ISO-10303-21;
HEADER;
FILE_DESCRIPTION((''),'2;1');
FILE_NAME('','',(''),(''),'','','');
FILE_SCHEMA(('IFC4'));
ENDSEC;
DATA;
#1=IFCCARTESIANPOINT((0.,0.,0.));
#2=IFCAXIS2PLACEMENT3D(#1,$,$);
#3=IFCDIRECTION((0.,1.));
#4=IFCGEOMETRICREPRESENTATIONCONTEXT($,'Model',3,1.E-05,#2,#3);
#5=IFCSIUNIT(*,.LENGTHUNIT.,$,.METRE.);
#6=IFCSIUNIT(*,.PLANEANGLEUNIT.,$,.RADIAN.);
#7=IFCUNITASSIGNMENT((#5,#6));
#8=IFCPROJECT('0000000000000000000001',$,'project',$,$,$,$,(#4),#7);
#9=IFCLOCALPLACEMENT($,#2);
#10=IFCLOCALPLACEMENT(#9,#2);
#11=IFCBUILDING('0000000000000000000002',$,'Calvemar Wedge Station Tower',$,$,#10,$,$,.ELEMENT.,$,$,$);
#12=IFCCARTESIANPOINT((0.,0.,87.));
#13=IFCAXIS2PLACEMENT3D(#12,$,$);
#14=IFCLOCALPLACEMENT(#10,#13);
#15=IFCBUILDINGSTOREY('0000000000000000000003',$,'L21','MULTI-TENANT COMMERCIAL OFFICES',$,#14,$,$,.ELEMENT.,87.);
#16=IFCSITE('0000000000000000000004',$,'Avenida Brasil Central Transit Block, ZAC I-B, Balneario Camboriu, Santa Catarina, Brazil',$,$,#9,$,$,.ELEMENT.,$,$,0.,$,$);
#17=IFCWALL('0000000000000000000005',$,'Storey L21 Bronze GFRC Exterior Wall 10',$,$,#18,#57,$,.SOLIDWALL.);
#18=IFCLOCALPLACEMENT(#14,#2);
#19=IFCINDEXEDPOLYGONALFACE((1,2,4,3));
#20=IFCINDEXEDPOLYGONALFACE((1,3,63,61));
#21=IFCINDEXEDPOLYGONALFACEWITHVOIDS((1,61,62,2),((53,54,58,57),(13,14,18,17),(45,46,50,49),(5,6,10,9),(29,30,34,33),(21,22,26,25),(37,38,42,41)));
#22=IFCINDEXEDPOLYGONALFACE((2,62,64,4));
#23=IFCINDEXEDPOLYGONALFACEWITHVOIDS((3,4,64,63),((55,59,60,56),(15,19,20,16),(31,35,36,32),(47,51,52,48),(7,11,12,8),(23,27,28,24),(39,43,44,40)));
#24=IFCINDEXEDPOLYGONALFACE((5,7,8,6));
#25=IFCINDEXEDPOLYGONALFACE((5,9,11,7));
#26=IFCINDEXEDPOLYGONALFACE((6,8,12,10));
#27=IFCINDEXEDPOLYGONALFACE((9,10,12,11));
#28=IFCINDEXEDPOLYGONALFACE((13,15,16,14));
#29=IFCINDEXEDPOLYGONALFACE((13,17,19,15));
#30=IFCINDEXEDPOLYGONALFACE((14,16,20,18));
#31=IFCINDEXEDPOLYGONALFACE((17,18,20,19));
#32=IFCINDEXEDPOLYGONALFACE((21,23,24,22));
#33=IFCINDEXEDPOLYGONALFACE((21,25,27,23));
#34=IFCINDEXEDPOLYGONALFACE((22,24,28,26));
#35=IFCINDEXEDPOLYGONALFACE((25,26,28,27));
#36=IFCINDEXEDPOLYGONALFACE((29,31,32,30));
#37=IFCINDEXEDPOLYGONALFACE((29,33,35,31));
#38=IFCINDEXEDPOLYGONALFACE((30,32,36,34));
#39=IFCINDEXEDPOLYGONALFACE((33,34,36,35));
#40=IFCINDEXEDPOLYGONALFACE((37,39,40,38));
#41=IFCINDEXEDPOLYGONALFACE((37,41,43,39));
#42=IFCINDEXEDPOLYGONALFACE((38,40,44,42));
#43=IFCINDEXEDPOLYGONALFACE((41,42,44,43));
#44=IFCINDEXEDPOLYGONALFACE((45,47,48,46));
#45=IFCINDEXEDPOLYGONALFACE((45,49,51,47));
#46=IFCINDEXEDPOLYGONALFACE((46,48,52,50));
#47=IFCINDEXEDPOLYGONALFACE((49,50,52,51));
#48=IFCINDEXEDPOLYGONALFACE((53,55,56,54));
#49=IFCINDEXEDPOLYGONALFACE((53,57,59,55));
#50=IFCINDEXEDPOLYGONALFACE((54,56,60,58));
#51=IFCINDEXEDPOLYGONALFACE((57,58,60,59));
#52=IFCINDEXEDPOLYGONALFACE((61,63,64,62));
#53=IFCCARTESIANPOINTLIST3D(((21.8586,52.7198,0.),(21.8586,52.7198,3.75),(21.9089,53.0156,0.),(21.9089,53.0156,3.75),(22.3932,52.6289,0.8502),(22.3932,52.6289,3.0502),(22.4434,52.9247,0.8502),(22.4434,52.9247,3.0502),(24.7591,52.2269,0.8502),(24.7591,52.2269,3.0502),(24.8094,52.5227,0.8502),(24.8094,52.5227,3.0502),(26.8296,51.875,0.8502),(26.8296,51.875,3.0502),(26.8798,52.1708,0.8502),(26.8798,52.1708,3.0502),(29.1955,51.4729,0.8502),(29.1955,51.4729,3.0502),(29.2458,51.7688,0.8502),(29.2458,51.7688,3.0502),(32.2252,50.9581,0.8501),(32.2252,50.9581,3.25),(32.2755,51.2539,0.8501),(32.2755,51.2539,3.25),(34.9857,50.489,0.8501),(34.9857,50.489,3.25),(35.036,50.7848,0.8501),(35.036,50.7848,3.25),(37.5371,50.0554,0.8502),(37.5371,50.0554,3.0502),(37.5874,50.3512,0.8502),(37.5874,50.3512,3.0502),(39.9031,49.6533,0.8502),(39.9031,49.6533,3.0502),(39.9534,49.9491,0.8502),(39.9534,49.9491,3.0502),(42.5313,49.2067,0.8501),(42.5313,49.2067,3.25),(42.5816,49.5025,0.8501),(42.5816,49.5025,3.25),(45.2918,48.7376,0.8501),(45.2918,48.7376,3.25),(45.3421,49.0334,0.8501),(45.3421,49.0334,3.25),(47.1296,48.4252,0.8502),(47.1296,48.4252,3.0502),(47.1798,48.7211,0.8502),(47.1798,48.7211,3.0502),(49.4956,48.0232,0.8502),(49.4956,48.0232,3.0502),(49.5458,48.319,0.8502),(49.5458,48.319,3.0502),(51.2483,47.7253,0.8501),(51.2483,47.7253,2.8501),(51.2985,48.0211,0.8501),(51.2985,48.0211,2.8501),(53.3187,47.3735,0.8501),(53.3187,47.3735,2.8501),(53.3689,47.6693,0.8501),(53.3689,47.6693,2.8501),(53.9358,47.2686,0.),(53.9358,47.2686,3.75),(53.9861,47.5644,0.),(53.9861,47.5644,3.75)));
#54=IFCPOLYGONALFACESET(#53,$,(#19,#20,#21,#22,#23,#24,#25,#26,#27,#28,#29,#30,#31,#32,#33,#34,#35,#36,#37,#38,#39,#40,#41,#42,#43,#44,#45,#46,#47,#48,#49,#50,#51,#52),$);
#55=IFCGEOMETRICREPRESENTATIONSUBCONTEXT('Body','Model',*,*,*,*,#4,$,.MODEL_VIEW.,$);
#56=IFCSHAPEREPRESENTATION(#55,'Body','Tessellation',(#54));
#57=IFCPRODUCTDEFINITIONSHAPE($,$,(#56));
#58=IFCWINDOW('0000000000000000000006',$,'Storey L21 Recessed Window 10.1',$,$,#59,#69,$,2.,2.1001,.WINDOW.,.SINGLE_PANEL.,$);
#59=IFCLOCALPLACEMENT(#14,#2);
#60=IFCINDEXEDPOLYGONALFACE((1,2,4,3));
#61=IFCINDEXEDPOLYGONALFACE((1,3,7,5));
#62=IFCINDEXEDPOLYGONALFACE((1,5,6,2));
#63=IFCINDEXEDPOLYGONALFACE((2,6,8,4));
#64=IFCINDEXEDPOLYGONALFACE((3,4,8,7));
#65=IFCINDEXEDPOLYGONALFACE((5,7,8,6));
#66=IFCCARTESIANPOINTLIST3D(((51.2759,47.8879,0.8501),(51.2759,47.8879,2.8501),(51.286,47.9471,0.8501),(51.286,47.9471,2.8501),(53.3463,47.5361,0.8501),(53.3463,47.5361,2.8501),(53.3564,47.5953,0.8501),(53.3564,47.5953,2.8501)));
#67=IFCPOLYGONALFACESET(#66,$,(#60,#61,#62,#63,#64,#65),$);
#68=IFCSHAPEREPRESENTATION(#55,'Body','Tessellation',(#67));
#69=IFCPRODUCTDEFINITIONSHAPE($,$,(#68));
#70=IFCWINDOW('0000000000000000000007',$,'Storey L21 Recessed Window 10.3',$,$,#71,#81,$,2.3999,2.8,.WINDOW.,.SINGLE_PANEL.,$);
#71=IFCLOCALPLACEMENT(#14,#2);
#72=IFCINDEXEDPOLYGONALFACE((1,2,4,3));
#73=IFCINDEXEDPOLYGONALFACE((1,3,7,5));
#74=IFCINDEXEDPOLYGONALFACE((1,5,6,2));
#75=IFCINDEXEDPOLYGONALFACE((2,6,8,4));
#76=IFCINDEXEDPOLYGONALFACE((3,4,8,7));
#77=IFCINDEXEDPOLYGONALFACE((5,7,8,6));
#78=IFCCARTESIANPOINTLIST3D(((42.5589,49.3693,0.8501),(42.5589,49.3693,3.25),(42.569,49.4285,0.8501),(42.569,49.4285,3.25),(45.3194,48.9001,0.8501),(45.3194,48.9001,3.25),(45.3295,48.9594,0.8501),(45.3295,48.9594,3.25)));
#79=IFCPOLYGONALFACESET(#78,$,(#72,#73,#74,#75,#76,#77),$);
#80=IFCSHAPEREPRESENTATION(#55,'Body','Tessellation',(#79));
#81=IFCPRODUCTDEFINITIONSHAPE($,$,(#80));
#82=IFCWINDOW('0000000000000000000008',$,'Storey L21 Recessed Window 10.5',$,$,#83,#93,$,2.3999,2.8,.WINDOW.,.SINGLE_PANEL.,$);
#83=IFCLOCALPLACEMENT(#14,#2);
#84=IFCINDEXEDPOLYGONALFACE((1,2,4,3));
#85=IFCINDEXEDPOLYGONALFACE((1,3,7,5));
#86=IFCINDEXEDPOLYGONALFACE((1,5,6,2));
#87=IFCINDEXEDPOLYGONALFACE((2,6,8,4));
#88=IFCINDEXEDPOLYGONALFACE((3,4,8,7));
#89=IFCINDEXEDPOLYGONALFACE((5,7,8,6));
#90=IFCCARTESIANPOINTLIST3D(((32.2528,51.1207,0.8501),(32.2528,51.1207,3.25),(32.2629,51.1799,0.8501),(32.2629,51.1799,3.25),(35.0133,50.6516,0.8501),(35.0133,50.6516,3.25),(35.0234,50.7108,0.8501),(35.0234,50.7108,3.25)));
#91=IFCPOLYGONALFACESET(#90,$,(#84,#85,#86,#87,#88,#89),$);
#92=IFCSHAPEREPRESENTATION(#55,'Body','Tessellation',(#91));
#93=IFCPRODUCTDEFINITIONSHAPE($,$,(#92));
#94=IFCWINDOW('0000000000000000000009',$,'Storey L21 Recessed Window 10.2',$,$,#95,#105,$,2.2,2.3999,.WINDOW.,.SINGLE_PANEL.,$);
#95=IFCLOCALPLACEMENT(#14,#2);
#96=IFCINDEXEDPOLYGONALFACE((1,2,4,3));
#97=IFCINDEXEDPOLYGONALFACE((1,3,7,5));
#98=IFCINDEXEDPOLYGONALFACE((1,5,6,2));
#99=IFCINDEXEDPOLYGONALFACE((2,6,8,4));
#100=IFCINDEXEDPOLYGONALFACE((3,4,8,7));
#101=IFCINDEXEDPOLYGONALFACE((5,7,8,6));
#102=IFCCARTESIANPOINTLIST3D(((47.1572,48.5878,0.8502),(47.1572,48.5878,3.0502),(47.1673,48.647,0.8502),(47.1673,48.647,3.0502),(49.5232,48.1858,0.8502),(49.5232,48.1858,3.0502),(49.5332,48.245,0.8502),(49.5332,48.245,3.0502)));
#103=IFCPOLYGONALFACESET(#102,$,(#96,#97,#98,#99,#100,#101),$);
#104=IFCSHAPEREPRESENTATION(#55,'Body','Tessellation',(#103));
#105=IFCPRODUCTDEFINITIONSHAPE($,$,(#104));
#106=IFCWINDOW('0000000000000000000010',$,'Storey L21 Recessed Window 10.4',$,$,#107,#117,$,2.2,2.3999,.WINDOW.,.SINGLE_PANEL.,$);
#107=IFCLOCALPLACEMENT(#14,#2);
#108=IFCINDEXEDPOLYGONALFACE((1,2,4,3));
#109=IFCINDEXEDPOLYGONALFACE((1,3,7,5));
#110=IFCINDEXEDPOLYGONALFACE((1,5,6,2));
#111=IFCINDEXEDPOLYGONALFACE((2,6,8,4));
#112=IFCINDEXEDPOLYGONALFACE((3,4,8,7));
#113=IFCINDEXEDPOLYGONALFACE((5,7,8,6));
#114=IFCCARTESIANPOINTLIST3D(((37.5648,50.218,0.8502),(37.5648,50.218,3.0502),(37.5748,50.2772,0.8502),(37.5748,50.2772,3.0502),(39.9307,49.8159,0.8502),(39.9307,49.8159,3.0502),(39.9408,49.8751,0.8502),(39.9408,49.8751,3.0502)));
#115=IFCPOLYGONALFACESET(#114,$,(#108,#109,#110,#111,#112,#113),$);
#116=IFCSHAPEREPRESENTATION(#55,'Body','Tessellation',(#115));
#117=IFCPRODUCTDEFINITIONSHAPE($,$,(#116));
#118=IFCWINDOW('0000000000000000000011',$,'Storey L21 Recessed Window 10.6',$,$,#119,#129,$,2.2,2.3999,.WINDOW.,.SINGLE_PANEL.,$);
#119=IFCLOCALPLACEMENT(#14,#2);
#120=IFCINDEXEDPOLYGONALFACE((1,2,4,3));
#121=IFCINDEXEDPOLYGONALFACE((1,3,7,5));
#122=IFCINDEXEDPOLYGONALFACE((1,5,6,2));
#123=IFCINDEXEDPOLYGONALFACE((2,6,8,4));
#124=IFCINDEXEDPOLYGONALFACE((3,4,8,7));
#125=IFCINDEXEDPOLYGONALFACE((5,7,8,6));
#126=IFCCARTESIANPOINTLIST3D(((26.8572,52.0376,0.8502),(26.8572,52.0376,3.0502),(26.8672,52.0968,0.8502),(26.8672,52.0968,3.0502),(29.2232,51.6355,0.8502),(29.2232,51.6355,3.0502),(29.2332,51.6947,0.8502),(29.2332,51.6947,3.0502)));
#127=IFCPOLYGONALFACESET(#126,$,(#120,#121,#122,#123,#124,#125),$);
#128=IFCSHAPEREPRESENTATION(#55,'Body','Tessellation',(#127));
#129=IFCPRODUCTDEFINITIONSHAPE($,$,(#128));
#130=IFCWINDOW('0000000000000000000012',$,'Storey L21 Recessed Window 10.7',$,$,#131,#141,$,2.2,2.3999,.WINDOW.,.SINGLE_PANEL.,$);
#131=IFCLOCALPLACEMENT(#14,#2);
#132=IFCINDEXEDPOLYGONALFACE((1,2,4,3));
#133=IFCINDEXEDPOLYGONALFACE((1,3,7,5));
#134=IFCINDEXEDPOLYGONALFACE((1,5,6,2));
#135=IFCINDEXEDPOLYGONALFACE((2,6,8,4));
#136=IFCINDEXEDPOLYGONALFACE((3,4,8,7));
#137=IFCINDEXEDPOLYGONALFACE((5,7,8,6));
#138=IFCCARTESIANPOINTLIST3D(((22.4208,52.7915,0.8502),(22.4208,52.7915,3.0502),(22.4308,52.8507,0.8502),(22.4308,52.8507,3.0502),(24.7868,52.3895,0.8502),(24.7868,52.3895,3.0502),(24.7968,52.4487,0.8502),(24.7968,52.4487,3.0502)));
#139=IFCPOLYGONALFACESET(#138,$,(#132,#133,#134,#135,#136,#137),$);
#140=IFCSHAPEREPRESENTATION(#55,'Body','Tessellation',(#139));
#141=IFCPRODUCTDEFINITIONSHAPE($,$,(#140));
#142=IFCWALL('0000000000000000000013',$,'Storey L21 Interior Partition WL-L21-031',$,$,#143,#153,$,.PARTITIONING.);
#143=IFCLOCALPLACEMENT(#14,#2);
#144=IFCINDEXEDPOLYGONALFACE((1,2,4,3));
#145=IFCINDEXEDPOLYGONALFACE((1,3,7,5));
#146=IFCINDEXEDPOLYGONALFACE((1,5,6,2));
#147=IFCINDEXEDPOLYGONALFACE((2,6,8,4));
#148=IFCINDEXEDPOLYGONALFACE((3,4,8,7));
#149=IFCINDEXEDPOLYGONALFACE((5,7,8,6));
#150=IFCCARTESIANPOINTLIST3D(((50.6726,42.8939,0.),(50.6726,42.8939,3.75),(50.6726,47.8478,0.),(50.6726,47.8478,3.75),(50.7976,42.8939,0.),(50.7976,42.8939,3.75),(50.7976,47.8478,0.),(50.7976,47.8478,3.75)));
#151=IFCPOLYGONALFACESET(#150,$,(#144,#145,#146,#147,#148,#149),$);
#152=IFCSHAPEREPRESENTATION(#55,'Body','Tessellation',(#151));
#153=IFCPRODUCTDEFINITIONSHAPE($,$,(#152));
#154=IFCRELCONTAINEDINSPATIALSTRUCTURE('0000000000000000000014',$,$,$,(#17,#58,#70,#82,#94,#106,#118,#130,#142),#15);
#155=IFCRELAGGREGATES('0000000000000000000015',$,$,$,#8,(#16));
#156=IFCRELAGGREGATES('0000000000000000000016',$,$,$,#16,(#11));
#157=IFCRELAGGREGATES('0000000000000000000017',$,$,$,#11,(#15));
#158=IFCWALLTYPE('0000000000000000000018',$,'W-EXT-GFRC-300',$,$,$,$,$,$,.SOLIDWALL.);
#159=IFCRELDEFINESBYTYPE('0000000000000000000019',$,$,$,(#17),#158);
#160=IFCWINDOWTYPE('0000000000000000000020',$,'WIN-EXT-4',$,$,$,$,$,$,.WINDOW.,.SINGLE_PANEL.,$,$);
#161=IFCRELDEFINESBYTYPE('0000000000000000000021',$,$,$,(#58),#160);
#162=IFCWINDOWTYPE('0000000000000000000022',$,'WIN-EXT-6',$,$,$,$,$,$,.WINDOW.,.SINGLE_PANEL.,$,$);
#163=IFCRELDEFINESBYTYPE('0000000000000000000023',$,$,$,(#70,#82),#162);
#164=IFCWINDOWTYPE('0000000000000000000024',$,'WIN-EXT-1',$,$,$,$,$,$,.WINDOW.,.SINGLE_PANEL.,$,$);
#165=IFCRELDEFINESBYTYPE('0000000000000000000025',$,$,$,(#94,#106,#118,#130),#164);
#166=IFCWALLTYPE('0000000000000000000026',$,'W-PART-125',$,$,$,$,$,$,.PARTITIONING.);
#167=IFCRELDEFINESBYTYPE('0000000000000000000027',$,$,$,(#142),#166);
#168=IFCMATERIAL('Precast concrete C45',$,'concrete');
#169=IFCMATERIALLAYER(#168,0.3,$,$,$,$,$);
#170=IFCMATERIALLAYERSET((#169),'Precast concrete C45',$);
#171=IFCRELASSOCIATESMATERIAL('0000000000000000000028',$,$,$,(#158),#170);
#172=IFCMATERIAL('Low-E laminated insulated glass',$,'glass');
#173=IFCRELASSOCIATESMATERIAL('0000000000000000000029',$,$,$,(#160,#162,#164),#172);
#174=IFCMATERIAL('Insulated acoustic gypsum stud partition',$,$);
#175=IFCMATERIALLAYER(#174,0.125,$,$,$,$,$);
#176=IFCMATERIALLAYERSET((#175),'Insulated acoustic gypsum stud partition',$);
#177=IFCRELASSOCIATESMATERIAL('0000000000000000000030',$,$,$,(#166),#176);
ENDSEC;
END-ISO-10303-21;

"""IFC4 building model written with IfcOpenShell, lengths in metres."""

from ifc_helpers import new_model, si_unit, direction, frame, frame_2d, origin, place, context, subcontext, project, spatial, rectangle, extrude, source, transform, mapped, material, layer, layer_set, type_object, element, fill, save


model = new_model("IFC4")

# Units and contexts
model_context = context("Model", 3, precision=1e-05, world=origin(), true_north=direction((0.0, 1.0)))
body_context = subcontext(model_context, "Body", "Model", "MODEL_VIEW")
ifc_project = project(units=[si_unit("LENGTHUNIT", "METRE"), si_unit("PLANEANGLEUNIT", "RADIAN")], contexts=[model_context])

# Site, building, storey
site_placement = place(None, origin())
site = spatial("IfcSite", under=ifc_project, at=site_placement, Name="Avenida Brasil Central Transit Block, ZAC I-B, Balneario Camboriu, Santa Catarina, Brazil", CompositionType="ELEMENT", RefElevation=0.0)
building_placement = place(site_placement, origin())
building = spatial("IfcBuilding", under=site, at=building_placement, Name="Calvemar Wedge Station Tower", CompositionType="ELEMENT")
storey_placement = place(building_placement, frame((0.0, 0.0, 87.0)))
storey = spatial("IfcBuildingStorey", under=building, at=storey_placement, Name="L21", Description="MULTI-TENANT COMMERCIAL OFFICES", CompositionType="ELEMENT", Elevation=87.0)

# Shared definitions
ifc_material_1 = material(Name="Low-E laminated insulated glass", Category="glass")

# Shared definitions
ifc_material_2 = material(Name="Precast concrete C45", Category="concrete")
ifc_layer_1 = layer(ifc_material_2, 0.3)
ifc_layer_set_1 = layer_set([ifc_layer_1], Name="Precast concrete C45")
wall_type_1 = type_object("IfcWallType", Name="W-EXT-GFRC-300", PredefinedType="SOLIDWALL", material=ifc_layer_set_1)

# Wall, openings, windows
wall_1_placement = place(storey_placement, frame((53.9609, 47.4165, 0.0), z_axis=(0.0, 0.0, 1.0), x_axis=(-0.985866, 0.167537, 0.0)))
wall_1 = element("IfcWall", 1, at=wall_1_placement, inside=storey, type_object=wall_type_1, Name="Storey L21 Bronze GFRC Exterior Wall 10", PredefinedType="SOLIDWALL", context=body_context, shape_type="SweptSolid", body=[
    extrude(rectangle(XDim=32.5371, YDim=0.3, at=frame_2d((16.2686, 0.0))), origin(), (0.0, 0.0, 1.0), 3.75),
])
shared_shape_1 = source(origin(), body_context, "Body", "SweptSolid", [
    extrude(rectangle(XDim=2.1001, YDim=2.0, at=frame_2d((1.05, 1.0))), frame((0.0, 0.1602, 0.0), z_axis=(0.0, -1.0, 0.0), x_axis=(1.0, 0.0, 0.0)), (0.0, 0.0, 1.0), 0.3201),
])
opening_1_placement = place(wall_1_placement, frame((0.626, 0.0, 0.8501)))
opening_1 = element("IfcOpeningElement", 2, at=opening_1_placement, cuts=wall_1, PredefinedType="OPENING", context=body_context, shape_type="MappedRepresentation", body=[
    mapped(shared_shape_1, transform((0.0, 0.0, 0.0), scale=1.0)),
])
shared_shape_2 = source(origin(), body_context, "Body", "SweptSolid", [
    extrude(rectangle(XDim=2.3999, YDim=2.2, at=frame_2d((1.2, 1.1001))), frame((0.0, 0.1602, 0.0), z_axis=(0.0, -1.0, 0.0), x_axis=(1.0, 0.0, 0.0)), (0.0, 0.0, 1.0), 0.3201),
])
opening_2_placement = place(wall_1_placement, frame((4.5039, 0.0, 0.8501)))
opening_2 = element("IfcOpeningElement", 3, at=opening_2_placement, cuts=wall_1, PredefinedType="OPENING", context=body_context, shape_type="MappedRepresentation", body=[
    mapped(shared_shape_2, transform((0.0, 0.0, 0.0), scale=1.0)),
])
shared_shape_3 = source(origin(), body_context, "Body", "SweptSolid", [
    extrude(rectangle(XDim=2.8, YDim=2.3999, at=frame_2d((1.3999, 1.2))), frame((0.0, 0.1602, 0.0), z_axis=(0.0, -1.0, 0.0), x_axis=(1.0, 0.0, 0.0)), (0.0, 0.0, 1.0), 0.3201),
])
opening_3_placement = place(wall_1_placement, frame((8.7681, 0.0, 0.8501)))
opening_3 = element("IfcOpeningElement", 4, at=opening_3_placement, cuts=wall_1, PredefinedType="OPENING", context=body_context, shape_type="MappedRepresentation", body=[
    mapped(shared_shape_3, transform((0.0, 0.0, 0.0), scale=1.0)),
])
opening_4_placement = place(wall_1_placement, frame((14.2339, 0.0, 0.8501)))
opening_4 = element("IfcOpeningElement", 5, at=opening_4_placement, cuts=wall_1, PredefinedType="OPENING", context=body_context, shape_type="MappedRepresentation", body=[
    mapped(shared_shape_2, transform((0.0, 0.0, 0.0), scale=1.0)),
])
opening_5_placement = place(wall_1_placement, frame((19.2219, 0.0, 0.8501)))
opening_5 = element("IfcOpeningElement", 6, at=opening_5_placement, cuts=wall_1, PredefinedType="OPENING", context=body_context, shape_type="MappedRepresentation", body=[
    mapped(shared_shape_3, transform((0.0, 0.0, 0.0), scale=1.0)),
])
opening_6_placement = place(wall_1_placement, frame((25.095, 0.0, 0.8501)))
opening_6 = element("IfcOpeningElement", 7, at=opening_6_placement, cuts=wall_1, PredefinedType="OPENING", context=body_context, shape_type="MappedRepresentation", body=[
    mapped(shared_shape_2, transform((0.0, 0.0, 0.0), scale=1.0)),
])
opening_7_placement = place(wall_1_placement, frame((29.595, 0.0, 0.8501)))
opening_7 = element("IfcOpeningElement", 8, at=opening_7_placement, cuts=wall_1, PredefinedType="OPENING", context=body_context, shape_type="MappedRepresentation", body=[
    mapped(shared_shape_2, transform((0.0, 0.0, 0.0), scale=1.0)),
])
window_type_1 = type_object("IfcWindowType", Name="WIN-EXT-4", PartitioningType="SINGLE_PANEL", PredefinedType="WINDOW", material=ifc_material_1)
shared_shape_4 = source(origin(), body_context, "Body", "SweptSolid", [
    extrude(rectangle(XDim=2.1001, YDim=2.0, at=frame_2d((1.05, 1.0))), frame((0.0, -0.0149, 0.0), z_axis=(0.0, -1.0, 0.0), x_axis=(1.0, 0.0, 0.0)), (0.0, 0.0, 1.0), 0.0601),
])
window_1_placement = place(opening_1_placement, origin())
window_1 = element("IfcWindow", 9, at=window_1_placement, inside=storey, type_object=window_type_1, Name="Storey L21 Recessed Window 10.1", OverallHeight=2.0, OverallWidth=2.1001, PartitioningType="SINGLE_PANEL", PredefinedType="WINDOW", context=body_context, shape_type="MappedRepresentation", body=[
    mapped(shared_shape_4, transform((0.0, 0.0, 0.0), scale=1.0)),
])
fill(opening_1, window_1)
window_type_2 = type_object("IfcWindowType", Name="WIN-EXT-6", PartitioningType="SINGLE_PANEL", PredefinedType="WINDOW", material=ifc_material_1)
shared_shape_5 = source(origin(), body_context, "Body", "SweptSolid", [
    extrude(rectangle(XDim=2.8, YDim=2.3999, at=frame_2d((1.3999, 1.2))), frame((0.0, -0.0149, 0.0), z_axis=(0.0, -1.0, 0.0), x_axis=(1.0, 0.0, 0.0)), (0.0, 0.0, 1.0), 0.0601),
])
window_2_placement = place(opening_3_placement, origin())
window_2 = element("IfcWindow", 10, at=window_2_placement, inside=storey, type_object=window_type_2, Name="Storey L21 Recessed Window 10.3", OverallHeight=2.3999, OverallWidth=2.8, PartitioningType="SINGLE_PANEL", PredefinedType="WINDOW", context=body_context, shape_type="MappedRepresentation", body=[
    mapped(shared_shape_5, transform((0.0, 0.0, 0.0), scale=1.0)),
])
fill(opening_3, window_2)
window_3_placement = place(opening_5_placement, origin())
window_3 = element("IfcWindow", 11, at=window_3_placement, inside=storey, type_object=window_type_2, Name="Storey L21 Recessed Window 10.5", OverallHeight=2.3999, OverallWidth=2.8, PartitioningType="SINGLE_PANEL", PredefinedType="WINDOW", context=body_context, shape_type="MappedRepresentation", body=[
    mapped(shared_shape_5, transform((0.0, 0.0, 0.0), scale=1.0)),
])
fill(opening_5, window_3)
window_type_3 = type_object("IfcWindowType", Name="WIN-EXT-1", PartitioningType="SINGLE_PANEL", PredefinedType="WINDOW", material=ifc_material_1)
shared_shape_6 = source(origin(), body_context, "Body", "SweptSolid", [
    extrude(rectangle(XDim=2.3999, YDim=2.2, at=frame_2d((1.2, 1.1001))), frame((0.0, -0.0149, 0.0), z_axis=(0.0, -1.0, 0.0), x_axis=(1.0, 0.0, 0.0)), (0.0, 0.0, 1.0), 0.0601),
])
window_4_placement = place(opening_2_placement, origin())
window_4 = element("IfcWindow", 12, at=window_4_placement, inside=storey, type_object=window_type_3, Name="Storey L21 Recessed Window 10.2", OverallHeight=2.2, OverallWidth=2.3999, PartitioningType="SINGLE_PANEL", PredefinedType="WINDOW", context=body_context, shape_type="MappedRepresentation", body=[
    mapped(shared_shape_6, transform((0.0, 0.0, 0.0), scale=1.0)),
])
fill(opening_2, window_4)
window_5_placement = place(opening_4_placement, origin())
window_5 = element("IfcWindow", 13, at=window_5_placement, inside=storey, type_object=window_type_3, Name="Storey L21 Recessed Window 10.4", OverallHeight=2.2, OverallWidth=2.3999, PartitioningType="SINGLE_PANEL", PredefinedType="WINDOW", context=body_context, shape_type="MappedRepresentation", body=[
    mapped(shared_shape_6, transform((0.0, 0.0, 0.0), scale=1.0)),
])
fill(opening_4, window_5)
window_6_placement = place(opening_6_placement, origin())
window_6 = element("IfcWindow", 14, at=window_6_placement, inside=storey, type_object=window_type_3, Name="Storey L21 Recessed Window 10.6", OverallHeight=2.2, OverallWidth=2.3999, PartitioningType="SINGLE_PANEL", PredefinedType="WINDOW", context=body_context, shape_type="MappedRepresentation", body=[
    mapped(shared_shape_6, transform((0.0, 0.0, 0.0), scale=1.0)),
])
fill(opening_6, window_6)
window_7_placement = place(opening_7_placement, origin())
window_7 = element("IfcWindow", 15, at=window_7_placement, inside=storey, type_object=window_type_3, Name="Storey L21 Recessed Window 10.7", OverallHeight=2.2, OverallWidth=2.3999, PartitioningType="SINGLE_PANEL", PredefinedType="WINDOW", context=body_context, shape_type="MappedRepresentation", body=[
    mapped(shared_shape_6, transform((0.0, 0.0, 0.0), scale=1.0)),
])
fill(opening_7, window_7)

# Wall
ifc_material_3 = material(Name="Insulated acoustic gypsum stud partition")
ifc_layer_2 = layer(ifc_material_3, 0.125)
ifc_layer_set_2 = layer_set([ifc_layer_2], Name="Insulated acoustic gypsum stud partition")
wall_type_2 = type_object("IfcWallType", Name="W-PART-125", PredefinedType="PARTITIONING", material=ifc_layer_set_2)
wall_2_placement = place(storey_placement, frame((50.7351, 47.8479, 0.0), z_axis=(0.0, 0.0, 1.0), x_axis=(0.0, -1.0, 0.0)))
element("IfcWall", 16, at=wall_2_placement, inside=storey, type_object=wall_type_2, Name="Storey L21 Interior Partition WL-L21-031", PredefinedType="PARTITIONING", context=body_context, shape_type="SweptSolid", body=[
    extrude(rectangle(XDim=4.9539, YDim=0.125, at=frame_2d((2.4771, 0.0))), origin(), (0.0, 0.0, 1.0), 3.75),
])

save(model, "model.ifc")
